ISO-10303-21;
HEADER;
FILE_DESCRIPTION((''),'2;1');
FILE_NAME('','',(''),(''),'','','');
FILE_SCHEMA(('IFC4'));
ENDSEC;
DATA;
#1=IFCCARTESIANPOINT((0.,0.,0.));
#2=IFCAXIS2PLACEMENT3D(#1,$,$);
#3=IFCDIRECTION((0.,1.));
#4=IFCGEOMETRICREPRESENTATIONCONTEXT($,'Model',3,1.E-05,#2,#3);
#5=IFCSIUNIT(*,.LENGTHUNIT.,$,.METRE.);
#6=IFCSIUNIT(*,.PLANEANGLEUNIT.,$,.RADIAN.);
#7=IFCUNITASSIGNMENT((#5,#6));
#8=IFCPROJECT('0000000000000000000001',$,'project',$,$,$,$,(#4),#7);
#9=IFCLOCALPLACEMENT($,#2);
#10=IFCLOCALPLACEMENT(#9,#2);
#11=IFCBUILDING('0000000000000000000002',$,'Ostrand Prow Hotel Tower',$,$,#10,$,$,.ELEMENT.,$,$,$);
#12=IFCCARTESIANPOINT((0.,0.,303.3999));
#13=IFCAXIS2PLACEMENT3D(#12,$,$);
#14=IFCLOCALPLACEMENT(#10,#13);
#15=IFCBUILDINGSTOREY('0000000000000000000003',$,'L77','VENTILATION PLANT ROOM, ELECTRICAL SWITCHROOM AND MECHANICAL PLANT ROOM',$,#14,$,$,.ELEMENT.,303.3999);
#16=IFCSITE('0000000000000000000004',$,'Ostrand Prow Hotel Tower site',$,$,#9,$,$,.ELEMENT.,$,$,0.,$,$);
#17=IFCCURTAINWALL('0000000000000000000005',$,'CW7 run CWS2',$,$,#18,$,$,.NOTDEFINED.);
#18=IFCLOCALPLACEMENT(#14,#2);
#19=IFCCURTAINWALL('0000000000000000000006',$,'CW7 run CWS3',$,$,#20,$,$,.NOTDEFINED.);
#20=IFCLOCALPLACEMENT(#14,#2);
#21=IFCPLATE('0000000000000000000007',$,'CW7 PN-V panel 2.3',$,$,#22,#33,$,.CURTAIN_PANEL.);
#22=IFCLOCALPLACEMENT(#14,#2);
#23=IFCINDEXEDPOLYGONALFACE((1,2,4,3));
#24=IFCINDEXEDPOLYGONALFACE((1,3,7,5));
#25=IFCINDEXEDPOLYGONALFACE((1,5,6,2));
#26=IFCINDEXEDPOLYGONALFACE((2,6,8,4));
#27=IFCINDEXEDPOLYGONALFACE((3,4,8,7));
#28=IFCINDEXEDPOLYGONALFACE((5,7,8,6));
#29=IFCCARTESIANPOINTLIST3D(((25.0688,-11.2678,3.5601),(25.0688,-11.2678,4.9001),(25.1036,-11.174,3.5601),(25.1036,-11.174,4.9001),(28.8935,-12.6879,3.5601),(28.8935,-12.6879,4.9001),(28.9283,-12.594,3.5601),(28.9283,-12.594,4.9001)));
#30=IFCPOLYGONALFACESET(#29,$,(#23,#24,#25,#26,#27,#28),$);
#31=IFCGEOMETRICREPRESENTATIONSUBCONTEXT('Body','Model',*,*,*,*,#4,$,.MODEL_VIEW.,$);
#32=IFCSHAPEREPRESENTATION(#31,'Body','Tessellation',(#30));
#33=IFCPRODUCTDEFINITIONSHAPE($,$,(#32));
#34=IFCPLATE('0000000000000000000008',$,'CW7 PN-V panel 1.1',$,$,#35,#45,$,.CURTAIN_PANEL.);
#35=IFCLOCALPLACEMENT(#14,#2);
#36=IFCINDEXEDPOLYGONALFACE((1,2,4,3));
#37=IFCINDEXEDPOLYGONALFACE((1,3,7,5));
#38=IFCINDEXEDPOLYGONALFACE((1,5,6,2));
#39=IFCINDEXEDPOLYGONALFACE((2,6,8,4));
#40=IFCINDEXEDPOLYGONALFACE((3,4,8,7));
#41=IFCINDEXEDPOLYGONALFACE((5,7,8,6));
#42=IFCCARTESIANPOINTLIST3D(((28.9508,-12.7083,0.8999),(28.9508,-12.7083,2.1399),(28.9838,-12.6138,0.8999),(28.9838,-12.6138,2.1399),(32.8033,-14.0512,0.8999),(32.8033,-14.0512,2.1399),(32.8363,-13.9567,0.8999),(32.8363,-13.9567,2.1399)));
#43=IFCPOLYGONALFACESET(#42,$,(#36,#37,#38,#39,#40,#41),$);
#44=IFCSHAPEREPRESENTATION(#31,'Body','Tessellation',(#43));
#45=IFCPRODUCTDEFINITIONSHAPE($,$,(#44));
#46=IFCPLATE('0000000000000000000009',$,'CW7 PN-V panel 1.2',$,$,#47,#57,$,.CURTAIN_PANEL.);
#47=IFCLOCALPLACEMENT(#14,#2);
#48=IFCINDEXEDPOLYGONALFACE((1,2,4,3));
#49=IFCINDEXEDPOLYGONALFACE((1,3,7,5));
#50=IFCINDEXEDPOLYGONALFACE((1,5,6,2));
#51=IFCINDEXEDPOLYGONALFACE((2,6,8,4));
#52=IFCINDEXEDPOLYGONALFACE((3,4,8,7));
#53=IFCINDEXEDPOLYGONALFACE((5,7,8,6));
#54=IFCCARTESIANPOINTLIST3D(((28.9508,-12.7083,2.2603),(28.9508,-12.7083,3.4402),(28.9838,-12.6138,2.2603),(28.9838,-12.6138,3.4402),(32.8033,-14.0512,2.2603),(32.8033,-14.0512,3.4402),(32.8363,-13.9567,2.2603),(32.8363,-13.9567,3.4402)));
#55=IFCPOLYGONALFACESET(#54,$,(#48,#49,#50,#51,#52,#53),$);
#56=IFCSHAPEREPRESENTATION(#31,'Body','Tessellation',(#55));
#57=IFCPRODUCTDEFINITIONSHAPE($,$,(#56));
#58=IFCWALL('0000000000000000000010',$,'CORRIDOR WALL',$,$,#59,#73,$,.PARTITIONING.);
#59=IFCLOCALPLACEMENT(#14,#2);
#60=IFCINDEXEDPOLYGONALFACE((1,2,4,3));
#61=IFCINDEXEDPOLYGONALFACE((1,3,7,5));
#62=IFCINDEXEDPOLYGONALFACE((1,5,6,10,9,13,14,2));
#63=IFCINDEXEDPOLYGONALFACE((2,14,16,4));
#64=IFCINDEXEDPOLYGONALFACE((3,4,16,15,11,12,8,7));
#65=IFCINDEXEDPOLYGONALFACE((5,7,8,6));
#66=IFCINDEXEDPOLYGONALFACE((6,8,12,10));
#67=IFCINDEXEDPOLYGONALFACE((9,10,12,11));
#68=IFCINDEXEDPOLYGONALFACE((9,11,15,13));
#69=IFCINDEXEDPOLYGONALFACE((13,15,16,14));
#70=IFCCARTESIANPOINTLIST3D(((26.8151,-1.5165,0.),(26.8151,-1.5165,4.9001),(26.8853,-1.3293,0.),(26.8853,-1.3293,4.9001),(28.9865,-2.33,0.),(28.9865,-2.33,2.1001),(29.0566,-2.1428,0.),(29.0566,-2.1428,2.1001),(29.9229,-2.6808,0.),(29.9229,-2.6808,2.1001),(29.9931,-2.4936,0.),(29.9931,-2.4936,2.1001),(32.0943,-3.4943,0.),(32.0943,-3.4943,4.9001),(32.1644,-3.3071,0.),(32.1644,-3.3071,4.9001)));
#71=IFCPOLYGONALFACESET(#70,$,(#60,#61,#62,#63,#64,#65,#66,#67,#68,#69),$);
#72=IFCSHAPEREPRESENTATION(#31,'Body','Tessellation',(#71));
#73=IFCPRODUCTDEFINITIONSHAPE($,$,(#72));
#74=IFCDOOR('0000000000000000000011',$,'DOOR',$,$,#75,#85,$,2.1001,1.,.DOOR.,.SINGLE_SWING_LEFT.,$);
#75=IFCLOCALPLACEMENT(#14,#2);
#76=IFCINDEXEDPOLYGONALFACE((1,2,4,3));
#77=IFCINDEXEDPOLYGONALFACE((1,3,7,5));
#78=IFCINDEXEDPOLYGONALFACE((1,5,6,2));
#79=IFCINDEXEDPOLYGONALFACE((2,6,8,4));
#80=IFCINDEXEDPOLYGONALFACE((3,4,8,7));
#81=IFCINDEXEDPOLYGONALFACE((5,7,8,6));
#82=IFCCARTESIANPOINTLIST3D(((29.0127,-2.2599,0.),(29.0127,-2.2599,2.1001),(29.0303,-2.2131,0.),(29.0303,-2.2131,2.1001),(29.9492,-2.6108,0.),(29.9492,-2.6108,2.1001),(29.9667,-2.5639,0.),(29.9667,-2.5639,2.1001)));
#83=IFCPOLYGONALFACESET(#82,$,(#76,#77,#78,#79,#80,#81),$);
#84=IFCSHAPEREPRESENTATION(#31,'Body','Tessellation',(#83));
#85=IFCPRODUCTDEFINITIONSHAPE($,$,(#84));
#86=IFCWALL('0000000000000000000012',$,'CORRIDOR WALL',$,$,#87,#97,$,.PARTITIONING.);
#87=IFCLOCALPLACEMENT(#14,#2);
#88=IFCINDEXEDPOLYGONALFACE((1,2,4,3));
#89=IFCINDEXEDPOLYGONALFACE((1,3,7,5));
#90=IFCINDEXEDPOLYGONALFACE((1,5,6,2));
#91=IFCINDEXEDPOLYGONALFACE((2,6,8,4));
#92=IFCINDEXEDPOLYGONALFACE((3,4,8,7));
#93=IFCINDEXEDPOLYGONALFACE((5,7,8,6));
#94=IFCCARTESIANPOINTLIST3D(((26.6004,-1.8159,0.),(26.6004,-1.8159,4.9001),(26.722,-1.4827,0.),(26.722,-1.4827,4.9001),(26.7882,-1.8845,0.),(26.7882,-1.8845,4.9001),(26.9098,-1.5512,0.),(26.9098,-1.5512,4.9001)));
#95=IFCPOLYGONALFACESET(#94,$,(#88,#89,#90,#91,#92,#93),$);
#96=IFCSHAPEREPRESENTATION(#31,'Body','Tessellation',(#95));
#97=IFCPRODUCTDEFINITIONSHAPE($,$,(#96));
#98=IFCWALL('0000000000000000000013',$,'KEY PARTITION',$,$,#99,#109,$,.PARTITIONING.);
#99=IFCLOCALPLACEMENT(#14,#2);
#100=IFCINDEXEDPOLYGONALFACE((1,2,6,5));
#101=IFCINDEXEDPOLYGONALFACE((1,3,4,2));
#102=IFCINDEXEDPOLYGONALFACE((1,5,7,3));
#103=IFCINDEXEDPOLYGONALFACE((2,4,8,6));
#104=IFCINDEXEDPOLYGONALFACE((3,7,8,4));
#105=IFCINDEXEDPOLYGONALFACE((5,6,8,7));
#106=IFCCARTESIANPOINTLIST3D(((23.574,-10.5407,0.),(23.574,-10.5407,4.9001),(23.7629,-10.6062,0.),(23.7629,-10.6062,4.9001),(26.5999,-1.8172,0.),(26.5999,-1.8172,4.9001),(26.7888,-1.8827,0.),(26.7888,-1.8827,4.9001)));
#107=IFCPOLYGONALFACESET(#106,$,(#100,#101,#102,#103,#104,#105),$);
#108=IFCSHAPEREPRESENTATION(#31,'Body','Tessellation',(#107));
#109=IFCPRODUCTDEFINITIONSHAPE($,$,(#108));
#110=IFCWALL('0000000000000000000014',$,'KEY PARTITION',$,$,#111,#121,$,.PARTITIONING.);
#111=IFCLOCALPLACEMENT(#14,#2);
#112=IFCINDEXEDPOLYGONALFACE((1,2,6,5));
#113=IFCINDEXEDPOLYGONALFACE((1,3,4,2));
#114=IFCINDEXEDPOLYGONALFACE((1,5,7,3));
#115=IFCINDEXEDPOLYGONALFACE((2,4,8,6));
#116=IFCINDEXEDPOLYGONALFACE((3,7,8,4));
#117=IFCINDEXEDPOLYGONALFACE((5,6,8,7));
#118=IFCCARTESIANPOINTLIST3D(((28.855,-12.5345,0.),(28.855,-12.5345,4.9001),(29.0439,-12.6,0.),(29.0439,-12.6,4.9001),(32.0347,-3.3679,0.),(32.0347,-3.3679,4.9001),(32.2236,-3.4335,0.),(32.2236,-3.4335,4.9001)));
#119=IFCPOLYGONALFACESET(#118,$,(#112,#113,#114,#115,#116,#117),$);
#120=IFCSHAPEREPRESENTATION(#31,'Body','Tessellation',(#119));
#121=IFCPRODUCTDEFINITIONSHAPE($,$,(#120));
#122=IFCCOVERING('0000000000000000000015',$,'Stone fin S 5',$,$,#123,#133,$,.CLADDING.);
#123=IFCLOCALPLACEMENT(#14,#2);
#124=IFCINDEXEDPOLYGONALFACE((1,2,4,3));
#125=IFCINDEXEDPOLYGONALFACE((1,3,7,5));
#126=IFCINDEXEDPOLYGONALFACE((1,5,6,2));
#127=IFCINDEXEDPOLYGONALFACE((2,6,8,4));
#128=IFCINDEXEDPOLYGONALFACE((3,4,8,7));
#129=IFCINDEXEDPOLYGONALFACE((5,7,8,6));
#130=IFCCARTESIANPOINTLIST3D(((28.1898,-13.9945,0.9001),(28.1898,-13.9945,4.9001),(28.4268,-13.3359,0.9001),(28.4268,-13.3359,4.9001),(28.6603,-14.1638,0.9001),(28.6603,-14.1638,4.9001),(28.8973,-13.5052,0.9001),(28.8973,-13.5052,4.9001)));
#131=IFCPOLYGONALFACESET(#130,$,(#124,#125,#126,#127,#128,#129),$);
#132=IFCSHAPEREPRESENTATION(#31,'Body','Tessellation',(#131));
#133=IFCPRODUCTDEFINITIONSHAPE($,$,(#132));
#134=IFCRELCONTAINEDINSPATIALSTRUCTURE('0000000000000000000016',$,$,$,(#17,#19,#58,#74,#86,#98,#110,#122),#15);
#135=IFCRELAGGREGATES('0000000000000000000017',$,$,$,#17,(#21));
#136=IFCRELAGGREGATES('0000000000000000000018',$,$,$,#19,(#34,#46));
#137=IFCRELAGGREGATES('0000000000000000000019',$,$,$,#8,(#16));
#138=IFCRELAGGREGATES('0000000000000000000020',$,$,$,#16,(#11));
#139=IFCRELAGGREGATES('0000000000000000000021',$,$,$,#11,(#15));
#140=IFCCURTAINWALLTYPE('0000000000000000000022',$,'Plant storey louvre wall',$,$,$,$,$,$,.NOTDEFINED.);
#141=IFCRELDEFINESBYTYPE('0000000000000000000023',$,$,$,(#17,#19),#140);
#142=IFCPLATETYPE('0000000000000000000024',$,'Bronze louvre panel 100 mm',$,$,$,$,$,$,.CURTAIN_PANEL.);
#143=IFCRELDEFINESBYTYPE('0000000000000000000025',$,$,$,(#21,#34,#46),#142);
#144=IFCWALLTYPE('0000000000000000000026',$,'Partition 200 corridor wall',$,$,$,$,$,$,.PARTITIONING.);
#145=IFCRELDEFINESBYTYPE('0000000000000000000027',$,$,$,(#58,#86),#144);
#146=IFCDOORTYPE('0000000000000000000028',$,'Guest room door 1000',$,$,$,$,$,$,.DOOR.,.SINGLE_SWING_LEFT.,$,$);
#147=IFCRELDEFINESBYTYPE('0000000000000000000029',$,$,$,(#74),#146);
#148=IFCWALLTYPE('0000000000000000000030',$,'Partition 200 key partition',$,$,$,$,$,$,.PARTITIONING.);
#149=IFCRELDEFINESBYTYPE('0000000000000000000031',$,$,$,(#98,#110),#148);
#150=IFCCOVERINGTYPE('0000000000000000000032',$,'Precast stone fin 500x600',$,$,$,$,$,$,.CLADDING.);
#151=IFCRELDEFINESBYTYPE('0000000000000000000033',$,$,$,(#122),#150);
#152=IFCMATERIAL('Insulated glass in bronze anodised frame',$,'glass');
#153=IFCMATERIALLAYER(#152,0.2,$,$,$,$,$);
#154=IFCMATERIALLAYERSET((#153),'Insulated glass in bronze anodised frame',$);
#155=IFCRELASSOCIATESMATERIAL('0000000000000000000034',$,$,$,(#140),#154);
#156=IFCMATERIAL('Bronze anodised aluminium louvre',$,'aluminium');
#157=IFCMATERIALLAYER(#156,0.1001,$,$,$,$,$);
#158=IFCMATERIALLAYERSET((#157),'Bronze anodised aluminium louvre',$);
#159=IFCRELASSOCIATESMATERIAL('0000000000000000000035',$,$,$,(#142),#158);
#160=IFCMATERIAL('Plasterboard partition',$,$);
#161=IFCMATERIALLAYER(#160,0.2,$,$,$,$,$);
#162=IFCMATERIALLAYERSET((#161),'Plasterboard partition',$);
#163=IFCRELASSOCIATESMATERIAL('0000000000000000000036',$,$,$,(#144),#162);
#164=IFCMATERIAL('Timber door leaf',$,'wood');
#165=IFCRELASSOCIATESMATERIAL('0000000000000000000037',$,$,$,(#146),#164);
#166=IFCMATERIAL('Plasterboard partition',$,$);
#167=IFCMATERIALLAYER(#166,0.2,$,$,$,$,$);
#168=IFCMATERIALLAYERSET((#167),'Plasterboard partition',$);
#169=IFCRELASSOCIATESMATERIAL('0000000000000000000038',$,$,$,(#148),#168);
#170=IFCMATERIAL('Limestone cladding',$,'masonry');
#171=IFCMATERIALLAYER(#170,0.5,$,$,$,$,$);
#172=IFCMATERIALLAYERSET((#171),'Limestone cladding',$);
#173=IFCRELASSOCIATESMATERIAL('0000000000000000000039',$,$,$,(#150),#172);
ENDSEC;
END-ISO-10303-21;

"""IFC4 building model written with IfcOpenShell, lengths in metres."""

from ifc_helpers import new_model, si_unit, direction, frame, frame_2d, origin, origin_2d, place, context, subcontext, project, spatial, rectangle, extrude, material, layer, layer_set, type_object, element, fill, aggregate, save


model = new_model("IFC4")

# Units and contexts
model_context = context("Model", 3, precision=1e-05, world=origin(), true_north=direction((0.0, 1.0)))
body_context = subcontext(model_context, "Body", "Model", "MODEL_VIEW")
ifc_project = project(units=[si_unit("LENGTHUNIT", "METRE"), si_unit("PLANEANGLEUNIT", "RADIAN")], contexts=[model_context])

# Site, building, storey
site_placement = place(None, origin())
site = spatial("IfcSite", under=ifc_project, at=site_placement, Name="Ostrand Prow Hotel Tower site", CompositionType="ELEMENT", RefElevation=0.0)
building_placement = place(site_placement, origin())
building = spatial("IfcBuilding", under=site, at=building_placement, Name="Ostrand Prow Hotel Tower", CompositionType="ELEMENT")
storey_placement = place(building_placement, frame((0.0, 0.0, 303.3999)))
storey = spatial("IfcBuildingStorey", under=building, at=storey_placement, Name="L77", Description="VENTILATION PLANT ROOM, ELECTRICAL SWITCHROOM AND MECHANICAL PLANT ROOM", CompositionType="ELEMENT", Elevation=303.3999)

# Curtain walls
ifc_material_1 = material(Name="Insulated glass in bronze anodised frame", Category="glass")
ifc_layer_1 = layer(ifc_material_1, 0.2)
ifc_layer_set_1 = layer_set([ifc_layer_1], Name="Insulated glass in bronze anodised frame")
curtain_wall_type = type_object("IfcCurtainWallType", Name="Plant storey louvre wall", PredefinedType="NOTDEFINED", material=ifc_layer_set_1)
curtain_wall_1_placement = place(storey_placement, origin())
curtain_wall_1 = element("IfcCurtainWall", 1, at=curtain_wall_1_placement, inside=storey, type_object=curtain_wall_type, Name="CW7 run CWS2", PredefinedType="NOTDEFINED")
curtain_wall_2_placement = place(storey_placement, origin())
curtain_wall_2 = element("IfcCurtainWall", 2, at=curtain_wall_2_placement, inside=storey, type_object=curtain_wall_type, Name="CW7 run CWS3", PredefinedType="NOTDEFINED")

# Plates
ifc_material_2 = material(Name="Bronze anodised aluminium louvre", Category="aluminium")
ifc_layer_2 = layer(ifc_material_2, 0.1001)
ifc_layer_set_2 = layer_set([ifc_layer_2], Name="Bronze anodised aluminium louvre")
plate_type = type_object("IfcPlateType", Name="Bronze louvre panel 100 mm", PredefinedType="CURTAIN_PANEL", material=ifc_layer_set_2)
plate_1_placement = place(storey_placement, frame((26.9985, -11.9309, 3.5601), z_axis=(0.0, 0.0, 1.0), x_axis=(0.937468, -0.348071, 0.0)))
plate_1 = element("IfcPlate", 3, at=plate_1_placement, type_object=plate_type, Name="CW7 PN-V panel 2.3", PredefinedType="CURTAIN_PANEL", context=body_context, shape_type="SweptSolid", body=[
    extrude(rectangle(XDim=4.0798, YDim=0.1001, at=origin_2d()), origin(), (0.0, 0.0, 1.0), 1.3401),
])
aggregate(curtain_wall_1, [plate_1])
plate_2_placement = place(storey_placement, frame((30.8936, -13.3325, 0.8999), z_axis=(0.0, 0.0, 1.0), x_axis=(0.944275, -0.329158, 0.0)))
plate_2 = element("IfcPlate", 4, at=plate_2_placement, type_object=plate_type, Name="CW7 PN-V panel 1.1", PredefinedType="CURTAIN_PANEL", context=body_context, shape_type="SweptSolid", body=[
    extrude(rectangle(XDim=4.0798, YDim=0.1001, at=origin_2d()), origin(), (0.0, 0.0, 1.0), 1.24),
])
plate_3_placement = place(storey_placement, frame((30.8936, -13.3325, 2.2603), z_axis=(0.0, 0.0, 1.0), x_axis=(0.944275, -0.329158, 0.0)))
plate_3 = element("IfcPlate", 5, at=plate_3_placement, type_object=plate_type, Name="CW7 PN-V panel 1.2", PredefinedType="CURTAIN_PANEL", context=body_context, shape_type="SweptSolid", body=[
    extrude(rectangle(XDim=4.0798, YDim=0.1001, at=origin_2d()), origin(), (0.0, 0.0, 1.0), 1.1799),
])
aggregate(curtain_wall_2, [plate_2, plate_3])

# Wall, opening, door
ifc_material_3 = material(Name="Plasterboard partition")
ifc_layer_3 = layer(ifc_material_3, 0.2)
ifc_layer_set_3 = layer_set([ifc_layer_3], Name="Plasterboard partition")
wall_type_1 = type_object("IfcWallType", Name="Partition 200 corridor wall", PredefinedType="PARTITIONING", material=ifc_layer_set_3)
wall_1_placement = place(storey_placement, frame((26.8501, -1.4229, 0.0), z_axis=(0.0, 0.0, 1.0), x_axis=(0.936438, -0.350834, 0.0)))
wall_1 = element("IfcWall", 6, at=wall_1_placement, inside=storey, type_object=wall_type_1, Name="CORRIDOR WALL", PredefinedType="PARTITIONING", context=body_context, shape_type="SweptSolid", body=[
    extrude(rectangle(XDim=5.6375, YDim=0.2, at=frame_2d((2.8188, 0.0))), origin(), (0.0, 0.0, 1.0), 4.9001),
])
opening_placement = place(wall_1_placement, frame((2.3188, 0.0, 0.0)))
opening = element("IfcOpeningElement", 7, at=opening_placement, cuts=wall_1, PredefinedType="OPENING", context=body_context, shape_type="SweptSolid", body=[
    extrude(rectangle(XDim=1.0, YDim=2.1001, at=frame_2d((0.5, 1.05))), frame((0.0, 0.1099, 0.0), z_axis=(0.0, -1.0, 0.0), x_axis=(1.0, 0.0, 0.0)), (0.0, 0.0, 1.0), 0.22),
])
ifc_material_4 = material(Name="Timber door leaf", Category="wood")
door_type = type_object("IfcDoorType", Name="Guest room door 1000", OperationType="SINGLE_SWING_LEFT", PredefinedType="DOOR", material=ifc_material_4)
door_placement = place(opening_placement, origin())
door = element("IfcDoor", 8, at=door_placement, inside=storey, type_object=door_type, Name="DOOR", OperationType="SINGLE_SWING_LEFT", OverallHeight=2.1001, OverallWidth=1.0, PredefinedType="DOOR", context=body_context, shape_type="SweptSolid", body=[
    extrude(rectangle(XDim=1.0, YDim=2.1001, at=frame_2d((0.5, 1.05))), frame((0.0, 0.0249, 0.0), z_axis=(0.0, -1.0, 0.0), x_axis=(1.0, 0.0, 0.0)), (0.0, 0.0, 1.0), 0.05),
])
fill(opening, door)

# Walls
wall_2_placement = place(storey_placement, frame((26.6943, -1.8501, 0.0), z_axis=(0.0, 0.0, 1.0), x_axis=(0.342738, 0.939431, 0.0)))
element("IfcWall", 9, at=wall_2_placement, inside=storey, type_object=wall_type_1, Name="CORRIDOR WALL", PredefinedType="PARTITIONING", context=body_context, shape_type="SweptSolid", body=[
    extrude(rectangle(XDim=0.3547, YDim=0.2, at=frame_2d((0.1772, 0.0))), origin(), (0.0, 0.0, 1.0), 4.9001),
])
ifc_material_5 = material(Name="Plasterboard partition")
ifc_layer_4 = layer(ifc_material_5, 0.2)
ifc_layer_set_4 = layer_set([ifc_layer_4], Name="Plasterboard partition")
wall_type_2 = type_object("IfcWallType", Name="Partition 200 key partition", PredefinedType="PARTITIONING", material=ifc_layer_set_4)
wall_3_placement = place(storey_placement, frame((23.6685, -10.5735, 0.0), z_axis=(0.0, 0.0, 1.0), x_axis=(0.327714, 0.944777, 0.0)))
element("IfcWall", 10, at=wall_3_placement, inside=storey, type_object=wall_type_2, Name="KEY PARTITION", PredefinedType="PARTITIONING", context=body_context, shape_type="SweptSolid", body=[
    extrude(rectangle(XDim=9.2334, YDim=0.2, at=frame_2d((4.6167, 0.0))), origin(), (0.0, 0.0, 1.0), 4.9001),
])
wall_4_placement = place(storey_placement, frame((28.9495, -12.5671, 0.0), z_axis=(0.0, 0.0, 1.0), x_axis=(0.327724, 0.944773, 0.0)))
element("IfcWall", 11, at=wall_4_placement, inside=storey, type_object=wall_type_2, Name="KEY PARTITION", PredefinedType="PARTITIONING", context=body_context, shape_type="SweptSolid", body=[
    extrude(rectangle(XDim=9.7024, YDim=0.2, at=frame_2d((4.8511, 0.0))), origin(), (0.0, 0.0, 1.0), 4.9001),
])

# Covering
ifc_material_6 = material(Name="Limestone cladding", Category="masonry")
ifc_layer_5 = layer(ifc_material_6, 0.5)
ifc_layer_set_5 = layer_set([ifc_layer_5], Name="Limestone cladding")
covering_type = type_object("IfcCoveringType", Name="Precast stone fin 500x600", PredefinedType="CLADDING", material=ifc_layer_set_5)
covering_placement = place(storey_placement, frame((28.6621, -13.4204, 0.9001), z_axis=(0.0, 0.0, 1.0), x_axis=(-0.338633, -0.940919, 0.0)))
element("IfcCovering", 12, at=covering_placement, inside=storey, type_object=covering_type, Name="Stone fin S 5", PredefinedType="CLADDING", context=body_context, shape_type="SweptSolid", body=[
    extrude(rectangle(XDim=0.7, YDim=0.5, at=frame_2d((0.3501, 0.0))), origin(), (0.0, 0.0, 1.0), 4.0),
])

save(model, "model.ifc")
